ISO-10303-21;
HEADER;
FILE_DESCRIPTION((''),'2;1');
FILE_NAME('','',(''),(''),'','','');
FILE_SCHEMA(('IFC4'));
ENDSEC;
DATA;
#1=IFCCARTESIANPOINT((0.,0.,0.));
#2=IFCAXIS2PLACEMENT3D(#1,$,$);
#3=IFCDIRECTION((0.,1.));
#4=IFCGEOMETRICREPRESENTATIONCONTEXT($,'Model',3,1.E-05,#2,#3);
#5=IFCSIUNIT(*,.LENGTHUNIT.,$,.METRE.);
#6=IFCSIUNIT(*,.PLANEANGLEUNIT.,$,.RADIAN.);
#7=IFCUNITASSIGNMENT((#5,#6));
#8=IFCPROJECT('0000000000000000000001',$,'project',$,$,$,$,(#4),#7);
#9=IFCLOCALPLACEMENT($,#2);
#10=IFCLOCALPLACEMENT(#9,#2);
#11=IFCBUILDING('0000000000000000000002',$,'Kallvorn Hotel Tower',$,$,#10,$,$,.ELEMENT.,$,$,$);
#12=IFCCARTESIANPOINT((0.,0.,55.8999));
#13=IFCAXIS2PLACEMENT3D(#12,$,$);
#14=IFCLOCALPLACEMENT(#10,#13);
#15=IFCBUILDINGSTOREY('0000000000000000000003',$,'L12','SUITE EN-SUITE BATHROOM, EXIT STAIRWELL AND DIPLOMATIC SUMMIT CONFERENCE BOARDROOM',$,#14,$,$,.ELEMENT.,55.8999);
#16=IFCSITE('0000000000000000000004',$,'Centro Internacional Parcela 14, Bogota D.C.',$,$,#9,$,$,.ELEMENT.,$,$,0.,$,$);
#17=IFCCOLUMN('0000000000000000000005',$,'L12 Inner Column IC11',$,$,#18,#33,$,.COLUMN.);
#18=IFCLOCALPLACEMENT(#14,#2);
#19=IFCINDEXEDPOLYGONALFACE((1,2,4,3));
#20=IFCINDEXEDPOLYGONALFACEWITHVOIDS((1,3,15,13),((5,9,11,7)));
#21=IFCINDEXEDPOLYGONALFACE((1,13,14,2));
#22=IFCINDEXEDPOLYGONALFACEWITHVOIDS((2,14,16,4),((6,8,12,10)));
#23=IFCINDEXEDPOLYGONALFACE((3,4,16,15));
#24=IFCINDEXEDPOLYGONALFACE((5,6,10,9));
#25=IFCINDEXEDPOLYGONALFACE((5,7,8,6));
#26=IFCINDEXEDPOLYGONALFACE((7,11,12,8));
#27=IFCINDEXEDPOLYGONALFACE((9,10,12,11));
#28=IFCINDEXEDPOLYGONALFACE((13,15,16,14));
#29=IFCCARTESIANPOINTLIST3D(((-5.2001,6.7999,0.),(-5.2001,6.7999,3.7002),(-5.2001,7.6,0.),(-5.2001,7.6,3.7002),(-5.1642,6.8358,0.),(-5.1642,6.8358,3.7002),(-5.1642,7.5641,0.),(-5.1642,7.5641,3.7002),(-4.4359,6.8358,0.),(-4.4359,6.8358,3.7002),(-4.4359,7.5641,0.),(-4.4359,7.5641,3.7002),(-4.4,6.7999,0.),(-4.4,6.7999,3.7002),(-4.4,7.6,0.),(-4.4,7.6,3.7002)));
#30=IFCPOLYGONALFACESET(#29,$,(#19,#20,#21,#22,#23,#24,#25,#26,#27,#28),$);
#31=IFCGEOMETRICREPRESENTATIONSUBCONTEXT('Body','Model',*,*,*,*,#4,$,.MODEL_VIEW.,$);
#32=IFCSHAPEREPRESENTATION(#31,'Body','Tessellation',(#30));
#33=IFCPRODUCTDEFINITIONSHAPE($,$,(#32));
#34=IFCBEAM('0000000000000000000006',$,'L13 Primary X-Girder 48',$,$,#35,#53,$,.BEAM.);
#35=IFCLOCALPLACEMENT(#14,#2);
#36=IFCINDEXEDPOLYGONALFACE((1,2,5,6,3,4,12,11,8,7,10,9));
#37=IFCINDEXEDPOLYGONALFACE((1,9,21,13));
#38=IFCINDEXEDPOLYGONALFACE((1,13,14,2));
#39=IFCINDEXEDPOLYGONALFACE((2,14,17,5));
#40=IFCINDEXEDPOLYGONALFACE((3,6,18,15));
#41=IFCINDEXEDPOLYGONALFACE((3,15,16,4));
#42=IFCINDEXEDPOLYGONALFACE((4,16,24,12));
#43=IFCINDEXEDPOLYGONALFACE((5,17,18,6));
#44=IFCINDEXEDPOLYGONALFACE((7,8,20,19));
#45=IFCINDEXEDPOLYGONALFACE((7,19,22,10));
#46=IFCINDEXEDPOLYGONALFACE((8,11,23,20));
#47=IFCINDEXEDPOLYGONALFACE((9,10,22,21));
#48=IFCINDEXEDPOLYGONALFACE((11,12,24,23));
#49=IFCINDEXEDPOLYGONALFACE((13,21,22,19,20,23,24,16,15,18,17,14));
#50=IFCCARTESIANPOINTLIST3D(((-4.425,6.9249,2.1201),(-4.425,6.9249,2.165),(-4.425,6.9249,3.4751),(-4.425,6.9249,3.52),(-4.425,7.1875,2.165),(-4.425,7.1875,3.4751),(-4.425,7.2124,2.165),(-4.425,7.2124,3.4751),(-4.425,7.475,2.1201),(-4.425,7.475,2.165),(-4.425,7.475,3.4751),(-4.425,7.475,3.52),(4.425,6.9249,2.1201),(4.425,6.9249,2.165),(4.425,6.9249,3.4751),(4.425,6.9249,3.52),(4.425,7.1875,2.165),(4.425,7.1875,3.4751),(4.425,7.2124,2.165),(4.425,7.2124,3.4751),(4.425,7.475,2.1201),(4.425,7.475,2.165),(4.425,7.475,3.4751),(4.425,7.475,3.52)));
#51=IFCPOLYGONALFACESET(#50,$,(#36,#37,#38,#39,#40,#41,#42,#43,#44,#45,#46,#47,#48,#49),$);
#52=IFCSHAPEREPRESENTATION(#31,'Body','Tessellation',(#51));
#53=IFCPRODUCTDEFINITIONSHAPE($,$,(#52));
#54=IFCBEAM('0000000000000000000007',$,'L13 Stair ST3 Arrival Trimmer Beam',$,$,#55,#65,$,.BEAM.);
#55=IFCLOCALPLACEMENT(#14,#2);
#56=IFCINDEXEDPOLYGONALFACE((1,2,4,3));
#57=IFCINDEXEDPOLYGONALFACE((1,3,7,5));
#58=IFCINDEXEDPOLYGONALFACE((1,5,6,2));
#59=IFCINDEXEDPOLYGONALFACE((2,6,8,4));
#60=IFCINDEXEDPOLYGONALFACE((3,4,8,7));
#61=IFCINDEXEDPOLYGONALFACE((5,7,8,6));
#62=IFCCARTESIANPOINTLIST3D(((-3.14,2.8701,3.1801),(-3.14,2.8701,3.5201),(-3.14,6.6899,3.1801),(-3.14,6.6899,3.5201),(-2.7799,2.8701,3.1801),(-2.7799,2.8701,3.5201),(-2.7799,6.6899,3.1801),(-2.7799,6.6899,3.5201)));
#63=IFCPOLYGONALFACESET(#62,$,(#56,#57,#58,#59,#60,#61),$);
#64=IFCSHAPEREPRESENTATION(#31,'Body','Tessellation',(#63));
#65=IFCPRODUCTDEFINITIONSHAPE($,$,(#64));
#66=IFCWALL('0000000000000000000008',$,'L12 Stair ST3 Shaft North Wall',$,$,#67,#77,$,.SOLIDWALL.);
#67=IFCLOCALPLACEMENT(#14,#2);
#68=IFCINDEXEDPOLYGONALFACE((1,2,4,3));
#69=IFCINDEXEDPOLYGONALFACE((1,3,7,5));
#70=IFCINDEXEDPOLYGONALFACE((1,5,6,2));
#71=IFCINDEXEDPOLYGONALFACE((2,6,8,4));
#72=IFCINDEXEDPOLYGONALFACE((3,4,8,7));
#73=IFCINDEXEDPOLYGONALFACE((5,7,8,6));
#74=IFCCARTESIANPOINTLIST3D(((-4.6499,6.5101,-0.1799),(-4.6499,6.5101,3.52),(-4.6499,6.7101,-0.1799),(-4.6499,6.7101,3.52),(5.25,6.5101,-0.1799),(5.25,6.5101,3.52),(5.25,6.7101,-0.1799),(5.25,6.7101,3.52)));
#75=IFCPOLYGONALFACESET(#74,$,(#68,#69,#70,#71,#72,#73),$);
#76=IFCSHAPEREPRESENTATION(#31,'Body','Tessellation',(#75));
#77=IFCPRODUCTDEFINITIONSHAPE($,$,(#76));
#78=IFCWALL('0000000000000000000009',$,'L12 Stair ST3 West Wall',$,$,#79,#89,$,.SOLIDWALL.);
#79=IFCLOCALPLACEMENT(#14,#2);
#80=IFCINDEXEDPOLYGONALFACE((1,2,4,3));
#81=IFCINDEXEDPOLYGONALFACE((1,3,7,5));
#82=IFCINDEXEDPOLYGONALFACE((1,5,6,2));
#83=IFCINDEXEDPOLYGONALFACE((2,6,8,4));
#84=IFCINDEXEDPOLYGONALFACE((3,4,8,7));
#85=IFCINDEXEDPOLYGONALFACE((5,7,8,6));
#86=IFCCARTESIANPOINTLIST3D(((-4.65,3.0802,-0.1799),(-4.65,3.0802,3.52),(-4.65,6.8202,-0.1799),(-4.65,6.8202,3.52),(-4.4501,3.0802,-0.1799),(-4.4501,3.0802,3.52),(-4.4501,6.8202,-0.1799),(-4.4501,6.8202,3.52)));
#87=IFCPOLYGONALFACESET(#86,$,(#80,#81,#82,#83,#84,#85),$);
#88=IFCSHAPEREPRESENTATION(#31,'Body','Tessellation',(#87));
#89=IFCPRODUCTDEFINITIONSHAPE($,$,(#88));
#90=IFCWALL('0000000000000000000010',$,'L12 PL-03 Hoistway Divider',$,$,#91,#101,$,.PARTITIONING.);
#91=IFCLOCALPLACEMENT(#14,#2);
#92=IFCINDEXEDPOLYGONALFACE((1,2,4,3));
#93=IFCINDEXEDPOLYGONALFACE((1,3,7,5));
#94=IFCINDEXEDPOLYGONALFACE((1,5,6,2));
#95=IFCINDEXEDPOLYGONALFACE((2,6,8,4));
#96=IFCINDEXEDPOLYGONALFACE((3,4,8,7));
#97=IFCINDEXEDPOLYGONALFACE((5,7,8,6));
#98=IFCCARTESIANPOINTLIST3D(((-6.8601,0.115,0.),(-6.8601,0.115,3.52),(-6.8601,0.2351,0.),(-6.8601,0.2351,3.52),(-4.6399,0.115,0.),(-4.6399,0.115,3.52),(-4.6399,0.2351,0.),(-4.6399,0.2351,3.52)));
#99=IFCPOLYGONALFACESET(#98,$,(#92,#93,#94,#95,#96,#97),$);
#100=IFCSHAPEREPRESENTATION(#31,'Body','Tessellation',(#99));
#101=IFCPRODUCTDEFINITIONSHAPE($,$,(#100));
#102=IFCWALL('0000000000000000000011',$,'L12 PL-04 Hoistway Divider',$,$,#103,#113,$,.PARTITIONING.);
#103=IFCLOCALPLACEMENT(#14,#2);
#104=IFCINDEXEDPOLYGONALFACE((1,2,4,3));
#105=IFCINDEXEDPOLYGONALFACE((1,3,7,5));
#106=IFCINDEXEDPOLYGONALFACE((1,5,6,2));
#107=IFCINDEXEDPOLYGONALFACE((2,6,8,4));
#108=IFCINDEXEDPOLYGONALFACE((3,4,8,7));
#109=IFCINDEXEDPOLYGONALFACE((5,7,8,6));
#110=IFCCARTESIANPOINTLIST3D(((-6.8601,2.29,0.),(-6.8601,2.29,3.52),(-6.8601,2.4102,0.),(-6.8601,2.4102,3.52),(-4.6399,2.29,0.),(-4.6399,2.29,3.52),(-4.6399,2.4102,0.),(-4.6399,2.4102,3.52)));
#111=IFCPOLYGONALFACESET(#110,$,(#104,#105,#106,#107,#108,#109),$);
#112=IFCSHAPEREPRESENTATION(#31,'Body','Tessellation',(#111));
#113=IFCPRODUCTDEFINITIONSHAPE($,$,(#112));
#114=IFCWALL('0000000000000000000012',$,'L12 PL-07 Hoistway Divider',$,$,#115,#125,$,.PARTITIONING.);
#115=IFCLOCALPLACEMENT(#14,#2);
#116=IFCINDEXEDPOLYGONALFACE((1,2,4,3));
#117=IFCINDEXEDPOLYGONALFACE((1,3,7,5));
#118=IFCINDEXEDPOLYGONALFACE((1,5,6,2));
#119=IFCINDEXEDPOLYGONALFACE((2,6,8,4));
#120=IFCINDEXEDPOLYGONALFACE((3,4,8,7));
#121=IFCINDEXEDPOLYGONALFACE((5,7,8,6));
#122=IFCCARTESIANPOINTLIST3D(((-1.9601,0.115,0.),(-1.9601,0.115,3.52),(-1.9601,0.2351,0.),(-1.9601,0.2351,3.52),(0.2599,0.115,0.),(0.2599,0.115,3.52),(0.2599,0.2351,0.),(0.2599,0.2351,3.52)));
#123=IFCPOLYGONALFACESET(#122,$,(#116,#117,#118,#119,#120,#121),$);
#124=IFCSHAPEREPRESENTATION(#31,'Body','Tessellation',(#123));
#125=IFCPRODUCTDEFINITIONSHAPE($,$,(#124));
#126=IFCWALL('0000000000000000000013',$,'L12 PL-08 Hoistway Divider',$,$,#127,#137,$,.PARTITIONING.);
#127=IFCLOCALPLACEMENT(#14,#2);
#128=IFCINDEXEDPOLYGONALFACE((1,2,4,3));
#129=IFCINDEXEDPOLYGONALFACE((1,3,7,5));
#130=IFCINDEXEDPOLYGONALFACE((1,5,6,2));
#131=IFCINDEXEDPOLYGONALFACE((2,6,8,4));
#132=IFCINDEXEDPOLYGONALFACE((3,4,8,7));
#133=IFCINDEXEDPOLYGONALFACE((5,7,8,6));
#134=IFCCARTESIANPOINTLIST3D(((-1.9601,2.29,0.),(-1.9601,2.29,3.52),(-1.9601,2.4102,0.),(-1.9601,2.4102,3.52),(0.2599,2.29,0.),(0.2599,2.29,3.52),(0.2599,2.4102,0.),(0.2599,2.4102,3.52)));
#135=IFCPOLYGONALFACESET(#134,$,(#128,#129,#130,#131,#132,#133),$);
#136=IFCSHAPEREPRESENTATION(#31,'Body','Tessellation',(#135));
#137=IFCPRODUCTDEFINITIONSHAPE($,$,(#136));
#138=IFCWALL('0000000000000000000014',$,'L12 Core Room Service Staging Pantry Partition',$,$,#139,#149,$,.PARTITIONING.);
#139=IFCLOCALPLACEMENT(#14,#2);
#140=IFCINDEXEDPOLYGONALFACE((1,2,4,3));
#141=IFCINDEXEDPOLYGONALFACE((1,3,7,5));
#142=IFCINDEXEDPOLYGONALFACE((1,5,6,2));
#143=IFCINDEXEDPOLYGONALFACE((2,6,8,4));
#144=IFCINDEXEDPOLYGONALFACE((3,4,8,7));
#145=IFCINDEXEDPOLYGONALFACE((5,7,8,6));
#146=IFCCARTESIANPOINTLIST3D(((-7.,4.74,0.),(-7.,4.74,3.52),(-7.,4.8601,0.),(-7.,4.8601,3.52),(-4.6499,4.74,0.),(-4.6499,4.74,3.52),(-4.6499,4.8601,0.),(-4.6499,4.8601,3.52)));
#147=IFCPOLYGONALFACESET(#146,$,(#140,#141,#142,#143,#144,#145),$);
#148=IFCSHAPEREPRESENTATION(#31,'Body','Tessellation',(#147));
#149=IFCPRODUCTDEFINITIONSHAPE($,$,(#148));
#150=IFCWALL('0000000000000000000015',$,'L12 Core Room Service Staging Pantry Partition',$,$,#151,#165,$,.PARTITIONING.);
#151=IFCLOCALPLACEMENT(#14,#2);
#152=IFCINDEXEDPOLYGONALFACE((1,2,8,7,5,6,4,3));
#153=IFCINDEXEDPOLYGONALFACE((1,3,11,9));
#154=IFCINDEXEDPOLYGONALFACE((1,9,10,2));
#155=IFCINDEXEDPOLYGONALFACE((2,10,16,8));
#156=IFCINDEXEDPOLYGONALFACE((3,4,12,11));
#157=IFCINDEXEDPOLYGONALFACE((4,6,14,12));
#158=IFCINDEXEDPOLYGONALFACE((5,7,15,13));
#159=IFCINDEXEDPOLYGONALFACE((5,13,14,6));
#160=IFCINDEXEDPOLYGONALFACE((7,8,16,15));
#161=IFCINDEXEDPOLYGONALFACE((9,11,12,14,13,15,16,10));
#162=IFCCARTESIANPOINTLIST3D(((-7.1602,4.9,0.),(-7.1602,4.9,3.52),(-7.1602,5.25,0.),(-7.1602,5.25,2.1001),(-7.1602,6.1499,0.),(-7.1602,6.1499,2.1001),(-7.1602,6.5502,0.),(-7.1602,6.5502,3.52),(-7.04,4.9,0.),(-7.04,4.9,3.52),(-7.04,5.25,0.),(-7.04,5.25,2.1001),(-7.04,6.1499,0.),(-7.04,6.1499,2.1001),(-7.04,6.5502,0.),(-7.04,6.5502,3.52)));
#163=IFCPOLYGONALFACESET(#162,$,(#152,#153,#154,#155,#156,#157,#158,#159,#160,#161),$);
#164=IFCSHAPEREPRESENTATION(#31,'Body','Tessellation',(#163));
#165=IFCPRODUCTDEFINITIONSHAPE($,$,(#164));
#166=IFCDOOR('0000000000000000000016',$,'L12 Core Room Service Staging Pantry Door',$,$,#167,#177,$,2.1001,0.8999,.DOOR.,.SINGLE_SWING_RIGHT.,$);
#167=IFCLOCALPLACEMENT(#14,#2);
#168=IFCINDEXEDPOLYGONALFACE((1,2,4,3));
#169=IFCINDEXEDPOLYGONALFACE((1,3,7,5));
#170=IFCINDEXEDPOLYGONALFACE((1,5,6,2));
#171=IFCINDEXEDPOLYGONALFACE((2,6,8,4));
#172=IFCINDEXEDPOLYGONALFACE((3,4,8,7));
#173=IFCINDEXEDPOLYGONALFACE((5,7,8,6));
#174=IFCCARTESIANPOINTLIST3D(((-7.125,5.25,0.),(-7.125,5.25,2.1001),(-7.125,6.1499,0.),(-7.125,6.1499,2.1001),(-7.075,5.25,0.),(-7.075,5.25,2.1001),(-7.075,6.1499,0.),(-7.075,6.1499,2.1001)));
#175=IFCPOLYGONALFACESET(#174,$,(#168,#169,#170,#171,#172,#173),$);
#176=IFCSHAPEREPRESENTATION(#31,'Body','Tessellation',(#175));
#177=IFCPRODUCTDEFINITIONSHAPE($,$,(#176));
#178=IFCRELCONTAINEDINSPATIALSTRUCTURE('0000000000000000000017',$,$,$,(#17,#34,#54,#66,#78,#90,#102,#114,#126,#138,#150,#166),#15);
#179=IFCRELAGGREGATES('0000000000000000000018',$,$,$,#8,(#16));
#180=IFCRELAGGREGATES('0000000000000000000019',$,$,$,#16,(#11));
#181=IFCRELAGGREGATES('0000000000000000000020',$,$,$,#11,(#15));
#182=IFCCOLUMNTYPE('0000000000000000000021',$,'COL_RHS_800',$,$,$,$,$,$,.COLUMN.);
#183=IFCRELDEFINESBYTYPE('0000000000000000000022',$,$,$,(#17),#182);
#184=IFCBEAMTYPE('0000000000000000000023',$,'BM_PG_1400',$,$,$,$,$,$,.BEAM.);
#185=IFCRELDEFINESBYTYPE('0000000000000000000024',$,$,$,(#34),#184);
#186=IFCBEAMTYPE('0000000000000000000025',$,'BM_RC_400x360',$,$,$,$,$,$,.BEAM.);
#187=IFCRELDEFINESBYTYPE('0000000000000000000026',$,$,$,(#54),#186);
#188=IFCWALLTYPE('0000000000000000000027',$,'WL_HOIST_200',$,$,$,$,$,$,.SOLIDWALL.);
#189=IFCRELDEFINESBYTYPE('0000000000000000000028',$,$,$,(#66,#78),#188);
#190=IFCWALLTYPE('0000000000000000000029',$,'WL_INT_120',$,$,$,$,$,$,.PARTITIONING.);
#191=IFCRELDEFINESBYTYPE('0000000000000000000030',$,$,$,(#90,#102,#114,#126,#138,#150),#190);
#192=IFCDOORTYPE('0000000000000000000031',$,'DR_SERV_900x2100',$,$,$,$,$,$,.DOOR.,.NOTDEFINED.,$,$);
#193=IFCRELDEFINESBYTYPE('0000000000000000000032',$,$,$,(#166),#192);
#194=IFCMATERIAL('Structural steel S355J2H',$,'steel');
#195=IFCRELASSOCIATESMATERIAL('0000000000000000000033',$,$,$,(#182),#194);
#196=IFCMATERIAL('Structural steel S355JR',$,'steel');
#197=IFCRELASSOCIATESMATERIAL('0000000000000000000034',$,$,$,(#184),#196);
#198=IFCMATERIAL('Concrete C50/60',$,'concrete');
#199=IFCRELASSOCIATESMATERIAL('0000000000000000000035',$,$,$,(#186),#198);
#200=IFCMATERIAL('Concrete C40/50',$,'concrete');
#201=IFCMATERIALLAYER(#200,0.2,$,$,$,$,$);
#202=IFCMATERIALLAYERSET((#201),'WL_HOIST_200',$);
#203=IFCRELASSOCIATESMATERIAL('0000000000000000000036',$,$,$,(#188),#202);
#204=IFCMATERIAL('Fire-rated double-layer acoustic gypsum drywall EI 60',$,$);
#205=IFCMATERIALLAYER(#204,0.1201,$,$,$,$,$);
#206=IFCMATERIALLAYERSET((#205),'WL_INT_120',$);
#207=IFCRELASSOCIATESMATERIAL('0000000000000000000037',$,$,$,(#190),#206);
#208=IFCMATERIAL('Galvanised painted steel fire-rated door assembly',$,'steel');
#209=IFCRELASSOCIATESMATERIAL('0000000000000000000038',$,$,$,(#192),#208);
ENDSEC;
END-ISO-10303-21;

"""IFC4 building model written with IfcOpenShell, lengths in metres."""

from ifc_helpers import new_model, si_unit, direction, frame, frame_2d, origin, origin_2d, place, context, subcontext, project, spatial, rectangle, hollow_rectangle, i_section, extrude, material, layer, layer_set, material_profile, profile_set, type_object, element, fill, save


model = new_model("IFC4")

# Units and contexts
model_context = context("Model", 3, precision=1e-05, world=origin(), true_north=direction((0.0, 1.0)))
body_context = subcontext(model_context, "Body", "Model", "MODEL_VIEW")
ifc_project = project(units=[si_unit("LENGTHUNIT", "METRE"), si_unit("PLANEANGLEUNIT", "RADIAN")], contexts=[model_context])

# Site, building, storey
site_placement = place(None, origin())
site = spatial("IfcSite", under=ifc_project, at=site_placement, Name="Centro Internacional Parcela 14, Bogota D.C.", CompositionType="ELEMENT", RefElevation=0.0)
building_placement = place(site_placement, origin())
building = spatial("IfcBuilding", under=site, at=building_placement, Name="Kallvorn Hotel Tower", CompositionType="ELEMENT")
storey_placement = place(building_placement, frame((0.0, 0.0, 55.8999)))
storey = spatial("IfcBuildingStorey", under=building, at=storey_placement, Name="L12", Description="SUITE EN-SUITE BATHROOM, EXIT STAIRWELL AND DIPLOMATIC SUMMIT CONFERENCE BOARDROOM", CompositionType="ELEMENT", Elevation=55.8999)

# Column
ifc_material_1 = material(Name="Structural steel S355J2H", Category="steel")
ifc_material_profile_1 = material_profile(ifc_material_1, hollow_rectangle(XDim=0.8, YDim=0.8, WallThickness=0.0359, at=origin_2d()), Name="RHS 800x800x36")
ifc_profile_set_1 = profile_set([ifc_material_profile_1], Name="Structural steel S355J2H")
column_type = type_object("IfcColumnType", Name="COL_RHS_800", PredefinedType="COLUMN", material=ifc_profile_set_1)
column_placement = place(storey_placement, frame((-4.8, 7.2, 0.0), z_axis=(0.0, 0.0, 1.0), x_axis=(1.0, 0.0, 0.0)))
element("IfcColumn", 1, at=column_placement, inside=storey, type_object=column_type, Name="L12 Inner Column IC11", PredefinedType="COLUMN", context=body_context, shape_type="SweptSolid", body=[
    extrude(hollow_rectangle(XDim=0.8, YDim=0.8, WallThickness=0.0359, at=origin_2d()), origin(), (0.0, 0.0, 1.0), 3.7002),
])

# Beams
ifc_material_2 = material(Name="Structural steel S355JR", Category="steel")
ifc_material_profile_2 = material_profile(ifc_material_2, i_section(OverallWidth=0.55, OverallDepth=1.3999, WebThickness=0.0249, FlangeThickness=0.0449, at=origin_2d()), Name="PG 1400x550x25x45")
ifc_profile_set_2 = profile_set([ifc_material_profile_2], Name="Structural steel S355JR")
beam_type_1 = type_object("IfcBeamType", Name="BM_PG_1400", PredefinedType="BEAM", material=ifc_profile_set_2)
beam_1_placement = place(storey_placement, frame((-4.425, 7.2, 2.8201), z_axis=(1.0, 0.0, 0.0), x_axis=(0.0, 1.0, 0.0)))
element("IfcBeam", 2, at=beam_1_placement, inside=storey, type_object=beam_type_1, Name="L13 Primary X-Girder 48", PredefinedType="BEAM", context=body_context, shape_type="SweptSolid", body=[
    extrude(i_section(OverallWidth=0.55, OverallDepth=1.3999, WebThickness=0.0249, FlangeThickness=0.0449, at=origin_2d()), origin(), (0.0, 0.0, 1.0), 8.8501),
])
ifc_material_3 = material(Name="Concrete C50/60", Category="concrete")
ifc_material_profile_3 = material_profile(ifc_material_3, rectangle(XDim=0.3601, YDim=0.3401, at=origin_2d()), Name="RC 360x340")
ifc_profile_set_3 = profile_set([ifc_material_profile_3], Name="Concrete C50/60")
beam_type_2 = type_object("IfcBeamType", Name="BM_RC_400x360", PredefinedType="BEAM", material=ifc_profile_set_3)
beam_2_placement = place(storey_placement, frame((-2.96, 2.8701, 3.3501), z_axis=(0.0, 1.0, 0.0), x_axis=(-1.0, 0.0, 0.0)))
element("IfcBeam", 3, at=beam_2_placement, inside=storey, type_object=beam_type_2, Name="L13 Stair ST3 Arrival Trimmer Beam", PredefinedType="BEAM", context=body_context, shape_type="SweptSolid", body=[
    extrude(rectangle(XDim=0.3601, YDim=0.3401, at=origin_2d()), origin(), (0.0, 0.0, 1.0), 3.8198),
])

# Walls
ifc_material_4 = material(Name="Concrete C40/50", Category="concrete")
ifc_layer_1 = layer(ifc_material_4, 0.2)
ifc_layer_set_1 = layer_set([ifc_layer_1], Name="WL_HOIST_200")
wall_type_1 = type_object("IfcWallType", Name="WL_HOIST_200", PredefinedType="SOLIDWALL", material=ifc_layer_set_1)
wall_1_placement = place(storey_placement, frame((-4.6499, 6.6101, -0.1799), z_axis=(0.0, 0.0, 1.0), x_axis=(1.0, 0.0, 0.0)))
element("IfcWall", 4, at=wall_1_placement, inside=storey, type_object=wall_type_1, Name="L12 Stair ST3 Shaft North Wall", PredefinedType="SOLIDWALL", context=body_context, shape_type="SweptSolid", body=[
    extrude(rectangle(XDim=9.8999, YDim=0.2, at=frame_2d((4.95, 0.0))), origin(), (0.0, 0.0, 1.0), 3.7),
])
wall_2_placement = place(storey_placement, frame((-4.55, 3.0801, -0.1799), z_axis=(0.0, 0.0, 1.0), x_axis=(0.0, 1.0, 0.0)))
element("IfcWall", 5, at=wall_2_placement, inside=storey, type_object=wall_type_1, Name="L12 Stair ST3 West Wall", PredefinedType="SOLIDWALL", context=body_context, shape_type="SweptSolid", body=[
    extrude(rectangle(XDim=3.74, YDim=0.2, at=frame_2d((1.8701, 0.0))), origin(), (0.0, 0.0, 1.0), 3.7),
])
ifc_material_5 = material(Name="Fire-rated double-layer acoustic gypsum drywall EI 60")
ifc_layer_2 = layer(ifc_material_5, 0.1201)
ifc_layer_set_2 = layer_set([ifc_layer_2], Name="WL_INT_120")
wall_type_2 = type_object("IfcWallType", Name="WL_INT_120", PredefinedType="PARTITIONING", material=ifc_layer_set_2)
for number, where, z_axis, x_axis, name in (
    (6, (-6.8601, 0.175, 0.0), (0.0, 0.0, 1.0), (1.0, 0.0, 0.0), "L12 PL-03 Hoistway Divider"),
    (7, (-6.8601, 2.3501, 0.0), (0.0, 0.0, 1.0), (1.0, 0.0, 0.0), "L12 PL-04 Hoistway Divider"),
):
    element("IfcWall", number, at=place(storey_placement, frame(where, z_axis=z_axis, x_axis=x_axis)), inside=storey, type_object=wall_type_2, Name=name, PredefinedType="PARTITIONING", context=body_context, shape_type="SweptSolid", body=[
        extrude(rectangle(XDim=2.2202, YDim=0.1201, at=frame_2d((1.1101, 0.0))), origin(), (0.0, 0.0, 1.0), 3.52),
    ])
for number, where, z_axis, x_axis, name in (
    (8, (-1.96, 0.175, 0.0), (0.0, 0.0, 1.0), (1.0, 0.0, 0.0), "L12 PL-07 Hoistway Divider"),
    (9, (-1.96, 2.3501, 0.0), (0.0, 0.0, 1.0), (1.0, 0.0, 0.0), "L12 PL-08 Hoistway Divider"),
):
    element("IfcWall", number, at=place(storey_placement, frame(where, z_axis=z_axis, x_axis=x_axis)), inside=storey, type_object=wall_type_2, Name=name, PredefinedType="PARTITIONING", context=body_context, shape_type="SweptSolid", body=[
        extrude(rectangle(XDim=2.22, YDim=0.1201, at=frame_2d((1.1099, 0.0))), origin(), (0.0, 0.0, 1.0), 3.52),
    ])
wall_3_placement = place(storey_placement, frame((-7.0, 4.8, 0.0), z_axis=(0.0, 0.0, 1.0), x_axis=(1.0, 0.0, 0.0)))
element("IfcWall", 10, at=wall_3_placement, inside=storey, type_object=wall_type_2, Name="L12 Core Room Service Staging Pantry Partition", PredefinedType="PARTITIONING", context=body_context, shape_type="SweptSolid", body=[
    extrude(rectangle(XDim=2.3501, YDim=0.1201, at=frame_2d((1.175, 0.0))), origin(), (0.0, 0.0, 1.0), 3.52),
])

# Wall, opening, door
wall_4_placement = place(storey_placement, frame((-7.1001, 4.8999, 0.0), z_axis=(0.0, 0.0, 1.0), x_axis=(0.0, 1.0, 0.0)))
wall_4 = element("IfcWall", 11, at=wall_4_placement, inside=storey, type_object=wall_type_2, Name="L12 Core Room Service Staging Pantry Partition", PredefinedType="PARTITIONING", context=body_context, shape_type="SweptSolid", body=[
    extrude(rectangle(XDim=1.6501, YDim=0.1201, at=frame_2d((0.8252, 0.0))), origin(), (0.0, 0.0, 1.0), 3.52),
])
opening_1_placement = place(wall_4_placement, frame((0.3501, 0.0, 0.0)))
opening_1 = element("IfcOpeningElement", 12, at=opening_1_placement, cuts=wall_4, PredefinedType="OPENING", context=body_context, shape_type="SweptSolid", body=[
    extrude(rectangle(XDim=0.8999, YDim=2.1001, at=frame_2d((0.45, 1.05))), frame((0.0, 0.075, 0.0), z_axis=(0.0, -1.0, 0.0), x_axis=(1.0, 0.0, 0.0)), (0.0, 0.0, 1.0), 0.1501),
])
ifc_material_6 = material(Name="Galvanised painted steel fire-rated door assembly", Category="steel")
door_type_1 = type_object("IfcDoorType", Name="DR_SERV_900x2100", OperationType="NOTDEFINED", PredefinedType="DOOR", material=ifc_material_6)
door_1_placement = place(opening_1_placement, origin())
door_1 = element("IfcDoor", 13, at=door_1_placement, inside=storey, type_object=door_type_1, Name="L12 Core Room Service Staging Pantry Door", OperationType="SINGLE_SWING_RIGHT", OverallHeight=2.1001, OverallWidth=0.8999, PredefinedType="DOOR", context=body_context, shape_type="SweptSolid", body=[
    extrude(rectangle(XDim=0.8999, YDim=2.1001, at=frame_2d((0.45, 1.05))), frame((0.0, 0.0249, 0.0), z_axis=(0.0, -1.0, 0.0), x_axis=(1.0, 0.0, 0.0)), (0.0, 0.0, 1.0), 0.05),
])
fill(opening_1, door_1)

save(model, "model.ifc")
